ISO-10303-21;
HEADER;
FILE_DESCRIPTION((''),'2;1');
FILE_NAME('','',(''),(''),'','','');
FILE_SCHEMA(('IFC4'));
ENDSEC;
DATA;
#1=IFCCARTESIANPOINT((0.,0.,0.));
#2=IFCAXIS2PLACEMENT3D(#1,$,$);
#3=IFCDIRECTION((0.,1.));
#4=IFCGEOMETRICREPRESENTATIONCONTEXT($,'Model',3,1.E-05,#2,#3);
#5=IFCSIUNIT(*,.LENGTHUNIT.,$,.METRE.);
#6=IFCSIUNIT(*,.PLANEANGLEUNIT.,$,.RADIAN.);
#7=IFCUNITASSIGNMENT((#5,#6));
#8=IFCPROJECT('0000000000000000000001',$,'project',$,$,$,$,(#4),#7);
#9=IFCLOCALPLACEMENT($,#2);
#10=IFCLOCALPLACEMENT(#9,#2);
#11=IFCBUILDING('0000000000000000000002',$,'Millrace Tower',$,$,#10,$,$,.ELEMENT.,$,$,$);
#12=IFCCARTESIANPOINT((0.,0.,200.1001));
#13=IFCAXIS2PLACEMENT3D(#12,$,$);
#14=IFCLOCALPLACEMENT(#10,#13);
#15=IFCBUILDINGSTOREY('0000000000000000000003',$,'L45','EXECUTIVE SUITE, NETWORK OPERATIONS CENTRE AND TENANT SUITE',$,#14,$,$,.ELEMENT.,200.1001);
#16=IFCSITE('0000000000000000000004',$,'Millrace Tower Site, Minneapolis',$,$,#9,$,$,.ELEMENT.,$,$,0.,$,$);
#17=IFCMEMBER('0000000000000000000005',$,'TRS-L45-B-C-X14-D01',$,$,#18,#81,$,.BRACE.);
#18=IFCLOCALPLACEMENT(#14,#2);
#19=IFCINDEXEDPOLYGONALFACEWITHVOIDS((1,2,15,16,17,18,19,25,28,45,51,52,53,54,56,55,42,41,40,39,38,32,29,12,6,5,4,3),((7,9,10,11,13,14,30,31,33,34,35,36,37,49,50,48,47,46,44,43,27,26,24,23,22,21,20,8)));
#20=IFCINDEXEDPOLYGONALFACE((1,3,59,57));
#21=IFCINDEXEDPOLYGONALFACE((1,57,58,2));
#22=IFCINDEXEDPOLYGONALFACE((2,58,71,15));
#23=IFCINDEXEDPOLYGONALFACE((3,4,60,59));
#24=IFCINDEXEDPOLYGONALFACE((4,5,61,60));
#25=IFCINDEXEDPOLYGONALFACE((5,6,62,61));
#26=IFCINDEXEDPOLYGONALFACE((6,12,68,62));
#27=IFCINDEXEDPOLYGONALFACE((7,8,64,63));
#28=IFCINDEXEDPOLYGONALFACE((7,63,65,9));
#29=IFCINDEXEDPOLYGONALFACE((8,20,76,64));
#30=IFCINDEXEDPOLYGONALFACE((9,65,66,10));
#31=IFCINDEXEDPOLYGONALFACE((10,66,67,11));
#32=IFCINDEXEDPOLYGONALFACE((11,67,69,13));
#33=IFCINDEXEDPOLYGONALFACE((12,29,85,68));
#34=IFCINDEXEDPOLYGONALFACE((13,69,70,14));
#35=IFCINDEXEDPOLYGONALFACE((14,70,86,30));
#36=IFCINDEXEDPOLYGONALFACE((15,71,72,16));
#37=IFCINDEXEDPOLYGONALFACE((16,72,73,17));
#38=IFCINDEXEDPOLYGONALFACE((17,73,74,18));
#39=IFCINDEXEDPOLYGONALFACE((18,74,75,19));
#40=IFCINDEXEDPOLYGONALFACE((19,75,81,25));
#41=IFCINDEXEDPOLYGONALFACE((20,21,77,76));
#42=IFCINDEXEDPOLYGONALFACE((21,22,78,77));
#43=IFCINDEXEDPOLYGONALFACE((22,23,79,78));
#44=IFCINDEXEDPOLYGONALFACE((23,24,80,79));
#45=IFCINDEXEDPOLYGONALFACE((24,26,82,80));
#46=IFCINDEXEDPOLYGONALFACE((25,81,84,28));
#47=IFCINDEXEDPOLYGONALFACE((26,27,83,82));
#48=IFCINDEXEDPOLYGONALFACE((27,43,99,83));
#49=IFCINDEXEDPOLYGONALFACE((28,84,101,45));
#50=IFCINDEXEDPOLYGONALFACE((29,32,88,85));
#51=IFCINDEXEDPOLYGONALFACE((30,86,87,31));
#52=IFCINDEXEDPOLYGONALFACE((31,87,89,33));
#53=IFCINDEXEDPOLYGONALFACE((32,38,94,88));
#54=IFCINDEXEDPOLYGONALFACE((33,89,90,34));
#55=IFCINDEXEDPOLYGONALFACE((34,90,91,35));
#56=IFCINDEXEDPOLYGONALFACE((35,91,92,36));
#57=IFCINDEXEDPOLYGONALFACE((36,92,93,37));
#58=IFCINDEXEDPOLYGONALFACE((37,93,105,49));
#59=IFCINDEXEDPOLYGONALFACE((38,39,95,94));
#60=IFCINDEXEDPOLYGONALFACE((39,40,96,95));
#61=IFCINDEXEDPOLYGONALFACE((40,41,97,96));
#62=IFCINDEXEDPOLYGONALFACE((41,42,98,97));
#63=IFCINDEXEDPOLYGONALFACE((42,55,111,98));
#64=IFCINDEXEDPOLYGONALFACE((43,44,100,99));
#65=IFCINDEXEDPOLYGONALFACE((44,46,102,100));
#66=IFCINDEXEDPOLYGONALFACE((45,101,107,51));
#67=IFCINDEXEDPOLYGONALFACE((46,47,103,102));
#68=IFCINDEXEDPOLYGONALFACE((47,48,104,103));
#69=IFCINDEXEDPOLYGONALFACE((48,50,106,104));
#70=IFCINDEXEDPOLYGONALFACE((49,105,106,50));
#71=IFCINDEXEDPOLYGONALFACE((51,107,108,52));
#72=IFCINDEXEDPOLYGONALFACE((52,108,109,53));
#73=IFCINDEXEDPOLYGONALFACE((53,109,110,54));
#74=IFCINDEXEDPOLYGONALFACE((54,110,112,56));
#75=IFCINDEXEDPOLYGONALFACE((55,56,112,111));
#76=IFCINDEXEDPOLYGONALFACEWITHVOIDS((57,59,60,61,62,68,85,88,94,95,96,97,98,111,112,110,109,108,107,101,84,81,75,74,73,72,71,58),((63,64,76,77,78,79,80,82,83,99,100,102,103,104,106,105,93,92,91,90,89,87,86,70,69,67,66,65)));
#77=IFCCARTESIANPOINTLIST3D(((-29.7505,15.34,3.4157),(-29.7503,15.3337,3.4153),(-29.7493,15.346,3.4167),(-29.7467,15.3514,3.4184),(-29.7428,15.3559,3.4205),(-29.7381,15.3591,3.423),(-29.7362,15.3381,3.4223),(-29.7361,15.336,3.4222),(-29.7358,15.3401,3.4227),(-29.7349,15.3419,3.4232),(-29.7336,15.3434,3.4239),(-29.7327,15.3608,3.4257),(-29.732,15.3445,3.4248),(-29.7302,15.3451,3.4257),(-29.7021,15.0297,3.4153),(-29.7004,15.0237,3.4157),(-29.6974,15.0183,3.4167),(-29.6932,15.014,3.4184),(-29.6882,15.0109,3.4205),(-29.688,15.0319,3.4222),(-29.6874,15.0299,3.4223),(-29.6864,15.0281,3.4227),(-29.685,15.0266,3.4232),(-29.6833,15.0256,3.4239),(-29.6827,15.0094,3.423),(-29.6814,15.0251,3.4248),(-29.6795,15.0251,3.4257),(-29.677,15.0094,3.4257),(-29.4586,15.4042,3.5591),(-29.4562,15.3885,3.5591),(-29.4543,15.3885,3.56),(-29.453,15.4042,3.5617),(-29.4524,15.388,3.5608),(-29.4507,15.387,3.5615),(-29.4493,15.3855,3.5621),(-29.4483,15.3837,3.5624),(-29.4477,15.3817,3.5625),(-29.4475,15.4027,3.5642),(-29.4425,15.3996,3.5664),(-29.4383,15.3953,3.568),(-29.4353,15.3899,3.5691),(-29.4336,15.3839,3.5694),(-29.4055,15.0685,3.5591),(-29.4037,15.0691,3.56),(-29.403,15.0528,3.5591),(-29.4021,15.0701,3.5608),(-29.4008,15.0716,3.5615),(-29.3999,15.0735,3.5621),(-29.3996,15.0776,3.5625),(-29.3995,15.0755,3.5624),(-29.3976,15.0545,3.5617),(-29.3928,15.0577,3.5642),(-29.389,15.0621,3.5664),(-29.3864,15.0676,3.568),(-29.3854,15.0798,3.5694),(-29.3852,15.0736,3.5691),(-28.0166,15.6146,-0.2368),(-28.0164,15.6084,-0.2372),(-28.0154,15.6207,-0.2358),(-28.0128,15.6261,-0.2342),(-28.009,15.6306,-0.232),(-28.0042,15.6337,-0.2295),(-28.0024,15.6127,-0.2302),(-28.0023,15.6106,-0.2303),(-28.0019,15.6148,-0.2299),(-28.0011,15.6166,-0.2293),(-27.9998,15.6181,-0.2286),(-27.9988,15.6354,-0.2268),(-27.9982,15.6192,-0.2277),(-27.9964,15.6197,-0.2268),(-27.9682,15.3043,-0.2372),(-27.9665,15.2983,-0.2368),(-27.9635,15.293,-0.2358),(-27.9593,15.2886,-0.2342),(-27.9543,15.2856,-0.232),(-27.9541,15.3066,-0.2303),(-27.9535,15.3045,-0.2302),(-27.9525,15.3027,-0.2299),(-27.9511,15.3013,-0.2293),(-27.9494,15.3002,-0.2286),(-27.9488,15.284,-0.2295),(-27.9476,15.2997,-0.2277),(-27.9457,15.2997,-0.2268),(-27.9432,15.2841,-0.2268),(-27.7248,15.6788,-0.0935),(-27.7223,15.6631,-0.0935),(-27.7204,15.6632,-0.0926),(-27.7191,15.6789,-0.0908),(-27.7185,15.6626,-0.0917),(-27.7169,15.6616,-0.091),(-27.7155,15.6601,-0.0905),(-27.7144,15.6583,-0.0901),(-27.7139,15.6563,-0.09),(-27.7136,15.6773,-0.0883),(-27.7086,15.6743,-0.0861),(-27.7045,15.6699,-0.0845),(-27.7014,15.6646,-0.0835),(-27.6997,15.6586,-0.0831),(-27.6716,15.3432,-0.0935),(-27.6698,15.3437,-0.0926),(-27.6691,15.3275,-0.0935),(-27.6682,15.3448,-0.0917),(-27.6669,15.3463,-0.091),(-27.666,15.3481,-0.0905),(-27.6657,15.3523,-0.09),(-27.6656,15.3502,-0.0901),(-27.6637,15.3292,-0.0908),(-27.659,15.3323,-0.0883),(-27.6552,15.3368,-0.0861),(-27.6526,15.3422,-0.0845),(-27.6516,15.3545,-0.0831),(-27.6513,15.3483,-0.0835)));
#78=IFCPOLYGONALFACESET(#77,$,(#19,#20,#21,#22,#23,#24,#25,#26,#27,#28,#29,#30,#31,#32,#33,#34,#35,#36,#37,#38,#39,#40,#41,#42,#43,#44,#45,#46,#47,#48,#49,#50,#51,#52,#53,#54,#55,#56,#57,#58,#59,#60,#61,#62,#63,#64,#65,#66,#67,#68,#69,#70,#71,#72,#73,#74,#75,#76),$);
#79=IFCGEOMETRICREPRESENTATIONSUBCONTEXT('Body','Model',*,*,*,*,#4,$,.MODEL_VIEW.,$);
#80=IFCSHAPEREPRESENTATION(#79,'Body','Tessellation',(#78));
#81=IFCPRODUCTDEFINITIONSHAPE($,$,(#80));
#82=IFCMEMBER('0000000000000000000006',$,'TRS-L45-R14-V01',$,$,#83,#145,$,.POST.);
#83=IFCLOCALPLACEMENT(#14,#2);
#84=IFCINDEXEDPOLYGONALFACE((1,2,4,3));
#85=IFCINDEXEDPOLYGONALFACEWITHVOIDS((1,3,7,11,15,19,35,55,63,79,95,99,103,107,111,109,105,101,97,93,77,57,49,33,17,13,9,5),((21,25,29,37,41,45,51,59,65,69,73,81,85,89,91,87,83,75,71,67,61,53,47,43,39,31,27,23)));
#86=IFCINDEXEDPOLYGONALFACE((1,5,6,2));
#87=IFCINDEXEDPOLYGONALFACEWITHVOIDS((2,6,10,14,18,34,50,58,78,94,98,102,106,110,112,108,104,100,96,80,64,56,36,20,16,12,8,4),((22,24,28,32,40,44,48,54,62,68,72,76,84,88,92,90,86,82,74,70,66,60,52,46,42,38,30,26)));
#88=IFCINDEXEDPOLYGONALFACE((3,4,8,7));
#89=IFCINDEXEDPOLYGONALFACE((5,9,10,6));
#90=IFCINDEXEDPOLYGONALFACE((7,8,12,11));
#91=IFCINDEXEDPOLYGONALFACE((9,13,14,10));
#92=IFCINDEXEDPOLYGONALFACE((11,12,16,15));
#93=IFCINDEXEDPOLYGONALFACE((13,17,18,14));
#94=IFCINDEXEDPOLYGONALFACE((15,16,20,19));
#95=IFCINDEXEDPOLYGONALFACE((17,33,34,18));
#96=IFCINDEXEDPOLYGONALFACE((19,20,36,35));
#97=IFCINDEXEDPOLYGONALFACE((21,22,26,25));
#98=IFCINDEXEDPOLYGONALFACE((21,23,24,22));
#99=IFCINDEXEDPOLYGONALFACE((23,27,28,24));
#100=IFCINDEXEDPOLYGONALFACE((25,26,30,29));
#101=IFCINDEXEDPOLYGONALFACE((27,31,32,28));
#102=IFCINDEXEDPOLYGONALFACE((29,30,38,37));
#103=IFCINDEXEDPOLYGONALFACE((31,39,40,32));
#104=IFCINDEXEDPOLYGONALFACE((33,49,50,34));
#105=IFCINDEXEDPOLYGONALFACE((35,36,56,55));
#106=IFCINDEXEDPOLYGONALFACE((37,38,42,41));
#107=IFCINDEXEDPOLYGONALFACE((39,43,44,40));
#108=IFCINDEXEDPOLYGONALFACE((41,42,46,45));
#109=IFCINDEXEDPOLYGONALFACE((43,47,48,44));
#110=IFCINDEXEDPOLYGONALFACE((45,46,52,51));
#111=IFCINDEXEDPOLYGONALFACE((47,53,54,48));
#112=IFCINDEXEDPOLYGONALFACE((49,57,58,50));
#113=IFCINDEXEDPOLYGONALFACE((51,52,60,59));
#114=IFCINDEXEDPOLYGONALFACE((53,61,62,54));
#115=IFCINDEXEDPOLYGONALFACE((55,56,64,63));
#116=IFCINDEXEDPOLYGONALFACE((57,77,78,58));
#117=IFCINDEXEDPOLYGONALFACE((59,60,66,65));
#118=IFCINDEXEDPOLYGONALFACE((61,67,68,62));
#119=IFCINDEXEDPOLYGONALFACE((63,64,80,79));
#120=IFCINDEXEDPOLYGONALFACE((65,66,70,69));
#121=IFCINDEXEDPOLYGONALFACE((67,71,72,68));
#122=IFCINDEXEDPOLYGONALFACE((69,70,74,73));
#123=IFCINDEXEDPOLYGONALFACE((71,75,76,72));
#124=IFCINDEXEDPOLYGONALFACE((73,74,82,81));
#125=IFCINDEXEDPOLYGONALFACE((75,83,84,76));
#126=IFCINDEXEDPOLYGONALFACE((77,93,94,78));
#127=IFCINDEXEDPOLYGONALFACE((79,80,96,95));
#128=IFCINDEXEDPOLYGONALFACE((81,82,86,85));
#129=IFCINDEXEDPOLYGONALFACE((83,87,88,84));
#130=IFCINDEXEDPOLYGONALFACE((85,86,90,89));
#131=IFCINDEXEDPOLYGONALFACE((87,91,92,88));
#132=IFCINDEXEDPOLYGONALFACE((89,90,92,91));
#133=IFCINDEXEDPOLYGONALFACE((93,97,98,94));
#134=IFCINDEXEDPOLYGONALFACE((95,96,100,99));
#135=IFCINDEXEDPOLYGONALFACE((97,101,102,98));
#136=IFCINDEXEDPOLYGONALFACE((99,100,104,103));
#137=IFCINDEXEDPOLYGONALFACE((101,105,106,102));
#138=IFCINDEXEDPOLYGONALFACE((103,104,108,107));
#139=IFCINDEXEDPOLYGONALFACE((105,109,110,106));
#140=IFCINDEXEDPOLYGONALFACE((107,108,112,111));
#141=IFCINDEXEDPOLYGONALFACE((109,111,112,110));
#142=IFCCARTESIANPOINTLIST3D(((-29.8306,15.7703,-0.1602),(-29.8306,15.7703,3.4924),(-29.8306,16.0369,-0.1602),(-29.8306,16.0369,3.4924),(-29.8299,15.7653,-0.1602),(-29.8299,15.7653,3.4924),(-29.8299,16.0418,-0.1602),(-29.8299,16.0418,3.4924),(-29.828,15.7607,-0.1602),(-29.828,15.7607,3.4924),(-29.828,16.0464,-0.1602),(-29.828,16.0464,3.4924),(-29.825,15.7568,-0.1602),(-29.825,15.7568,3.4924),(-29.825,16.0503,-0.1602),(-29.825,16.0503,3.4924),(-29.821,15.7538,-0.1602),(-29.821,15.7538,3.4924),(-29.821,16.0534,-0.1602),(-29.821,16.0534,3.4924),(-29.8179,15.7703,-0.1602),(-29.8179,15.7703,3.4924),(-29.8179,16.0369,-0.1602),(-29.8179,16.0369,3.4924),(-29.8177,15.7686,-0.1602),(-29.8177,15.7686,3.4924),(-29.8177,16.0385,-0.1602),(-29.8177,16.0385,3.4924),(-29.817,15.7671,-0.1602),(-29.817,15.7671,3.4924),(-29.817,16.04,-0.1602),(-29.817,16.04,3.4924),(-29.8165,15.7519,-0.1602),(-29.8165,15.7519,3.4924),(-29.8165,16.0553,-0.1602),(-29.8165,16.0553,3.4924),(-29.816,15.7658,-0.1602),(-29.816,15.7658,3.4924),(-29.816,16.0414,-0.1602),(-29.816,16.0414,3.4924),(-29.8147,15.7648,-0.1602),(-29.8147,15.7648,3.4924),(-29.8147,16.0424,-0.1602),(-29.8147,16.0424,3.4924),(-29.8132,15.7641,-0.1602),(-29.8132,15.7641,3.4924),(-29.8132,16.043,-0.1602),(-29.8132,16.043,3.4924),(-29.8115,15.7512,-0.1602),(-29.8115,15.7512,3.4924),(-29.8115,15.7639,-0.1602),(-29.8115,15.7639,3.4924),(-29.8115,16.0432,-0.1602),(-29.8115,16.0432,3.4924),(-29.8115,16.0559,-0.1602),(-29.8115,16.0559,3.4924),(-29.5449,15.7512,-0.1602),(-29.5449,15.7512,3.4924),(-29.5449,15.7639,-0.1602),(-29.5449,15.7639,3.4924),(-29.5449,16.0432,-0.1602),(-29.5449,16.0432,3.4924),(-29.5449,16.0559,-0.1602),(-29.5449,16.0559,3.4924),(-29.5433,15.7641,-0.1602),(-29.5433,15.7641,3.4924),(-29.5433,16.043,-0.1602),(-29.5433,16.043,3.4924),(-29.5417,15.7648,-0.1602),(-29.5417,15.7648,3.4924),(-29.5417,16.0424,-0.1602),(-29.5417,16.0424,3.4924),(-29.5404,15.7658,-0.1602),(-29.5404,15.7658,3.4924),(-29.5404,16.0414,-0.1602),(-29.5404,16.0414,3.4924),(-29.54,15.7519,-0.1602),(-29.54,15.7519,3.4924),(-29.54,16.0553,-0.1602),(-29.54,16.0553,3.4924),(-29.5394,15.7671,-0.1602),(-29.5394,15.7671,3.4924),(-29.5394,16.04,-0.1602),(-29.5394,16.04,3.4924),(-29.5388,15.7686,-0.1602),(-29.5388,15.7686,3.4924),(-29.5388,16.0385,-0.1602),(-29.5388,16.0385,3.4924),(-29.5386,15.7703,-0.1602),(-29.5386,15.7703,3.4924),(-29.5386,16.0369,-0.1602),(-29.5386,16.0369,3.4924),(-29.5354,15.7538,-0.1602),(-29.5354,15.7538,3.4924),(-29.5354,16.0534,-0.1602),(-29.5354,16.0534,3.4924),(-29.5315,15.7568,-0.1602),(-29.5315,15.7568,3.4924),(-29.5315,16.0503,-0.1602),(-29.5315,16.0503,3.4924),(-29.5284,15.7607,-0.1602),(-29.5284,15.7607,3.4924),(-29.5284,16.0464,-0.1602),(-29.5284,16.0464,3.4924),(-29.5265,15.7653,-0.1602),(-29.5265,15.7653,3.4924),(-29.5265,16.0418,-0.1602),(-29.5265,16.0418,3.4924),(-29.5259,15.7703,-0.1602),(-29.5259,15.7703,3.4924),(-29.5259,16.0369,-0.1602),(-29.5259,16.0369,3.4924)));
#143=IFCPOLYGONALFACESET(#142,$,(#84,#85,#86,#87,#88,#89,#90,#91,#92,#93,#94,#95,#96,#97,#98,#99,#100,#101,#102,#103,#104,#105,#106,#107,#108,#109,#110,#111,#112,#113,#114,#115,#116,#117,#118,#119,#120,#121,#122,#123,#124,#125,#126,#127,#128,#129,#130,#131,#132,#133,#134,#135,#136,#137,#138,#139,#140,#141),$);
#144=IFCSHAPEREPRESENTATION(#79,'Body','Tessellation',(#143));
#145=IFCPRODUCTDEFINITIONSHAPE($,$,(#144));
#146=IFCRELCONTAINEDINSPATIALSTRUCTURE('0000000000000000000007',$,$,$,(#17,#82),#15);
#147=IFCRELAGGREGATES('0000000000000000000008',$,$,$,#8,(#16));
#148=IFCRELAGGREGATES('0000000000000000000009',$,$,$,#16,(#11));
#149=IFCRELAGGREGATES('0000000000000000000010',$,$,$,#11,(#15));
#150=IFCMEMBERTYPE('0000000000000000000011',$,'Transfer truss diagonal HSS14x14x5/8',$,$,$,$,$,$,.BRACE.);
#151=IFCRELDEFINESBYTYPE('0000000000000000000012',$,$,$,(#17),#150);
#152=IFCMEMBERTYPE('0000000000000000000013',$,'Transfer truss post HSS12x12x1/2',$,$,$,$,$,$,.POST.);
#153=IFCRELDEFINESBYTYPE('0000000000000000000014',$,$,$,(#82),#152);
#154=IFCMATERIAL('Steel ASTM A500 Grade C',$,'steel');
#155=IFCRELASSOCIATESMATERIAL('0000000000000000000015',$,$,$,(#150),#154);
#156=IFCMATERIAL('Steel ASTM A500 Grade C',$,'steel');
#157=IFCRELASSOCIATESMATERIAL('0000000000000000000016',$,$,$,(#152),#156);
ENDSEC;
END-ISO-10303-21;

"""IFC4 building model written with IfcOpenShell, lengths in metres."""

from ifc_helpers import new_model, si_unit, direction, frame, origin, origin_2d, place, context, subcontext, project, spatial, hollow_rectangle, extrude, material, material_profile, profile_set, type_object, element, save


model = new_model("IFC4")

# Units and contexts
model_context = context("Model", 3, precision=1e-05, world=origin(), true_north=direction((0.0, 1.0)))
body_context = subcontext(model_context, "Body", "Model", "MODEL_VIEW")
ifc_project = project(units=[si_unit("LENGTHUNIT", "METRE"), si_unit("PLANEANGLEUNIT", "RADIAN")], contexts=[model_context])

# Site, building, storey
site_placement = place(None, origin())
site = spatial("IfcSite", under=ifc_project, at=site_placement, Name="Millrace Tower Site, Minneapolis", CompositionType="ELEMENT", RefElevation=0.0)
building_placement = place(site_placement, origin())
building = spatial("IfcBuilding", under=site, at=building_placement, Name="Millrace Tower", CompositionType="ELEMENT")
storey_placement = place(building_placement, frame((0.0, 0.0, 200.1001)))
storey = spatial("IfcBuildingStorey", under=building, at=storey_placement, Name="L45", Description="EXECUTIVE SUITE, NETWORK OPERATIONS CENTRE AND TENANT SUITE", CompositionType="ELEMENT", Elevation=200.1001)

# Members
ifc_material_1 = material(Name="Steel ASTM A500 Grade C", Category="steel")
ifc_material_profile_1 = material_profile(ifc_material_1, hollow_rectangle(XDim=0.3557, YDim=0.3557, WallThickness=0.0159, InnerFilletRadius=0.0081, OuterFilletRadius=0.0239, at=origin_2d()))
ifc_profile_set_1 = profile_set([ifc_material_profile_1], Name="Steel ASTM A500 Grade C")
member_type_1 = type_object("IfcMemberType", Name="Transfer truss diagonal HSS14x14x5/8", PredefinedType="BRACE", material=ifc_profile_set_1)
member_1_placement = place(storey_placement, frame((-27.834, 15.4814, -0.1602), z_axis=(-0.42785, -0.067774, 0.901305), x_axis=(0.156455, -0.987685, 0.0)))
element("IfcMember", 1, at=member_1_placement, inside=storey, type_object=member_type_1, Name="TRS-L45-B-C-X14-D01", PredefinedType="BRACE", context=body_context, shape_type="SweptSolid", body=[
    extrude(hollow_rectangle(XDim=0.3557, YDim=0.3557, WallThickness=0.0159, InnerFilletRadius=0.0081, OuterFilletRadius=0.0239, at=origin_2d()), origin(), (0.0, 0.0, 1.0), 4.0525),
])
ifc_material_2 = material(Name="Steel ASTM A500 Grade C", Category="steel")
ifc_material_profile_2 = material_profile(ifc_material_2, hollow_rectangle(XDim=0.3047, YDim=0.3047, WallThickness=0.0127, InnerFilletRadius=0.0063, OuterFilletRadius=0.019, at=origin_2d()))
ifc_profile_set_2 = profile_set([ifc_material_profile_2], Name="Steel ASTM A500 Grade C")
member_type_2 = type_object("IfcMemberType", Name="Transfer truss post HSS12x12x1/2", PredefinedType="POST", material=ifc_profile_set_2)
for number, where, z_axis, x_axis, name in (
    (2, (-29.6782, 15.9036, -0.1602), (0.0, 0.0, 1.0), (1.0, 0.0, 0.0), "TRS-L45-R14-V01"),
):
    element("IfcMember", number, at=place(storey_placement, frame(where, z_axis=z_axis, x_axis=x_axis)), inside=storey, type_object=member_type_2, Name=name, PredefinedType="POST", context=body_context, shape_type="SweptSolid", body=[
        extrude(hollow_rectangle(XDim=0.3047, YDim=0.3047, WallThickness=0.0127, InnerFilletRadius=0.0063, OuterFilletRadius=0.019, at=origin_2d()), origin(), (0.0, 0.0, 1.0), 3.6526),
    ])

save(model, "model.ifc")
